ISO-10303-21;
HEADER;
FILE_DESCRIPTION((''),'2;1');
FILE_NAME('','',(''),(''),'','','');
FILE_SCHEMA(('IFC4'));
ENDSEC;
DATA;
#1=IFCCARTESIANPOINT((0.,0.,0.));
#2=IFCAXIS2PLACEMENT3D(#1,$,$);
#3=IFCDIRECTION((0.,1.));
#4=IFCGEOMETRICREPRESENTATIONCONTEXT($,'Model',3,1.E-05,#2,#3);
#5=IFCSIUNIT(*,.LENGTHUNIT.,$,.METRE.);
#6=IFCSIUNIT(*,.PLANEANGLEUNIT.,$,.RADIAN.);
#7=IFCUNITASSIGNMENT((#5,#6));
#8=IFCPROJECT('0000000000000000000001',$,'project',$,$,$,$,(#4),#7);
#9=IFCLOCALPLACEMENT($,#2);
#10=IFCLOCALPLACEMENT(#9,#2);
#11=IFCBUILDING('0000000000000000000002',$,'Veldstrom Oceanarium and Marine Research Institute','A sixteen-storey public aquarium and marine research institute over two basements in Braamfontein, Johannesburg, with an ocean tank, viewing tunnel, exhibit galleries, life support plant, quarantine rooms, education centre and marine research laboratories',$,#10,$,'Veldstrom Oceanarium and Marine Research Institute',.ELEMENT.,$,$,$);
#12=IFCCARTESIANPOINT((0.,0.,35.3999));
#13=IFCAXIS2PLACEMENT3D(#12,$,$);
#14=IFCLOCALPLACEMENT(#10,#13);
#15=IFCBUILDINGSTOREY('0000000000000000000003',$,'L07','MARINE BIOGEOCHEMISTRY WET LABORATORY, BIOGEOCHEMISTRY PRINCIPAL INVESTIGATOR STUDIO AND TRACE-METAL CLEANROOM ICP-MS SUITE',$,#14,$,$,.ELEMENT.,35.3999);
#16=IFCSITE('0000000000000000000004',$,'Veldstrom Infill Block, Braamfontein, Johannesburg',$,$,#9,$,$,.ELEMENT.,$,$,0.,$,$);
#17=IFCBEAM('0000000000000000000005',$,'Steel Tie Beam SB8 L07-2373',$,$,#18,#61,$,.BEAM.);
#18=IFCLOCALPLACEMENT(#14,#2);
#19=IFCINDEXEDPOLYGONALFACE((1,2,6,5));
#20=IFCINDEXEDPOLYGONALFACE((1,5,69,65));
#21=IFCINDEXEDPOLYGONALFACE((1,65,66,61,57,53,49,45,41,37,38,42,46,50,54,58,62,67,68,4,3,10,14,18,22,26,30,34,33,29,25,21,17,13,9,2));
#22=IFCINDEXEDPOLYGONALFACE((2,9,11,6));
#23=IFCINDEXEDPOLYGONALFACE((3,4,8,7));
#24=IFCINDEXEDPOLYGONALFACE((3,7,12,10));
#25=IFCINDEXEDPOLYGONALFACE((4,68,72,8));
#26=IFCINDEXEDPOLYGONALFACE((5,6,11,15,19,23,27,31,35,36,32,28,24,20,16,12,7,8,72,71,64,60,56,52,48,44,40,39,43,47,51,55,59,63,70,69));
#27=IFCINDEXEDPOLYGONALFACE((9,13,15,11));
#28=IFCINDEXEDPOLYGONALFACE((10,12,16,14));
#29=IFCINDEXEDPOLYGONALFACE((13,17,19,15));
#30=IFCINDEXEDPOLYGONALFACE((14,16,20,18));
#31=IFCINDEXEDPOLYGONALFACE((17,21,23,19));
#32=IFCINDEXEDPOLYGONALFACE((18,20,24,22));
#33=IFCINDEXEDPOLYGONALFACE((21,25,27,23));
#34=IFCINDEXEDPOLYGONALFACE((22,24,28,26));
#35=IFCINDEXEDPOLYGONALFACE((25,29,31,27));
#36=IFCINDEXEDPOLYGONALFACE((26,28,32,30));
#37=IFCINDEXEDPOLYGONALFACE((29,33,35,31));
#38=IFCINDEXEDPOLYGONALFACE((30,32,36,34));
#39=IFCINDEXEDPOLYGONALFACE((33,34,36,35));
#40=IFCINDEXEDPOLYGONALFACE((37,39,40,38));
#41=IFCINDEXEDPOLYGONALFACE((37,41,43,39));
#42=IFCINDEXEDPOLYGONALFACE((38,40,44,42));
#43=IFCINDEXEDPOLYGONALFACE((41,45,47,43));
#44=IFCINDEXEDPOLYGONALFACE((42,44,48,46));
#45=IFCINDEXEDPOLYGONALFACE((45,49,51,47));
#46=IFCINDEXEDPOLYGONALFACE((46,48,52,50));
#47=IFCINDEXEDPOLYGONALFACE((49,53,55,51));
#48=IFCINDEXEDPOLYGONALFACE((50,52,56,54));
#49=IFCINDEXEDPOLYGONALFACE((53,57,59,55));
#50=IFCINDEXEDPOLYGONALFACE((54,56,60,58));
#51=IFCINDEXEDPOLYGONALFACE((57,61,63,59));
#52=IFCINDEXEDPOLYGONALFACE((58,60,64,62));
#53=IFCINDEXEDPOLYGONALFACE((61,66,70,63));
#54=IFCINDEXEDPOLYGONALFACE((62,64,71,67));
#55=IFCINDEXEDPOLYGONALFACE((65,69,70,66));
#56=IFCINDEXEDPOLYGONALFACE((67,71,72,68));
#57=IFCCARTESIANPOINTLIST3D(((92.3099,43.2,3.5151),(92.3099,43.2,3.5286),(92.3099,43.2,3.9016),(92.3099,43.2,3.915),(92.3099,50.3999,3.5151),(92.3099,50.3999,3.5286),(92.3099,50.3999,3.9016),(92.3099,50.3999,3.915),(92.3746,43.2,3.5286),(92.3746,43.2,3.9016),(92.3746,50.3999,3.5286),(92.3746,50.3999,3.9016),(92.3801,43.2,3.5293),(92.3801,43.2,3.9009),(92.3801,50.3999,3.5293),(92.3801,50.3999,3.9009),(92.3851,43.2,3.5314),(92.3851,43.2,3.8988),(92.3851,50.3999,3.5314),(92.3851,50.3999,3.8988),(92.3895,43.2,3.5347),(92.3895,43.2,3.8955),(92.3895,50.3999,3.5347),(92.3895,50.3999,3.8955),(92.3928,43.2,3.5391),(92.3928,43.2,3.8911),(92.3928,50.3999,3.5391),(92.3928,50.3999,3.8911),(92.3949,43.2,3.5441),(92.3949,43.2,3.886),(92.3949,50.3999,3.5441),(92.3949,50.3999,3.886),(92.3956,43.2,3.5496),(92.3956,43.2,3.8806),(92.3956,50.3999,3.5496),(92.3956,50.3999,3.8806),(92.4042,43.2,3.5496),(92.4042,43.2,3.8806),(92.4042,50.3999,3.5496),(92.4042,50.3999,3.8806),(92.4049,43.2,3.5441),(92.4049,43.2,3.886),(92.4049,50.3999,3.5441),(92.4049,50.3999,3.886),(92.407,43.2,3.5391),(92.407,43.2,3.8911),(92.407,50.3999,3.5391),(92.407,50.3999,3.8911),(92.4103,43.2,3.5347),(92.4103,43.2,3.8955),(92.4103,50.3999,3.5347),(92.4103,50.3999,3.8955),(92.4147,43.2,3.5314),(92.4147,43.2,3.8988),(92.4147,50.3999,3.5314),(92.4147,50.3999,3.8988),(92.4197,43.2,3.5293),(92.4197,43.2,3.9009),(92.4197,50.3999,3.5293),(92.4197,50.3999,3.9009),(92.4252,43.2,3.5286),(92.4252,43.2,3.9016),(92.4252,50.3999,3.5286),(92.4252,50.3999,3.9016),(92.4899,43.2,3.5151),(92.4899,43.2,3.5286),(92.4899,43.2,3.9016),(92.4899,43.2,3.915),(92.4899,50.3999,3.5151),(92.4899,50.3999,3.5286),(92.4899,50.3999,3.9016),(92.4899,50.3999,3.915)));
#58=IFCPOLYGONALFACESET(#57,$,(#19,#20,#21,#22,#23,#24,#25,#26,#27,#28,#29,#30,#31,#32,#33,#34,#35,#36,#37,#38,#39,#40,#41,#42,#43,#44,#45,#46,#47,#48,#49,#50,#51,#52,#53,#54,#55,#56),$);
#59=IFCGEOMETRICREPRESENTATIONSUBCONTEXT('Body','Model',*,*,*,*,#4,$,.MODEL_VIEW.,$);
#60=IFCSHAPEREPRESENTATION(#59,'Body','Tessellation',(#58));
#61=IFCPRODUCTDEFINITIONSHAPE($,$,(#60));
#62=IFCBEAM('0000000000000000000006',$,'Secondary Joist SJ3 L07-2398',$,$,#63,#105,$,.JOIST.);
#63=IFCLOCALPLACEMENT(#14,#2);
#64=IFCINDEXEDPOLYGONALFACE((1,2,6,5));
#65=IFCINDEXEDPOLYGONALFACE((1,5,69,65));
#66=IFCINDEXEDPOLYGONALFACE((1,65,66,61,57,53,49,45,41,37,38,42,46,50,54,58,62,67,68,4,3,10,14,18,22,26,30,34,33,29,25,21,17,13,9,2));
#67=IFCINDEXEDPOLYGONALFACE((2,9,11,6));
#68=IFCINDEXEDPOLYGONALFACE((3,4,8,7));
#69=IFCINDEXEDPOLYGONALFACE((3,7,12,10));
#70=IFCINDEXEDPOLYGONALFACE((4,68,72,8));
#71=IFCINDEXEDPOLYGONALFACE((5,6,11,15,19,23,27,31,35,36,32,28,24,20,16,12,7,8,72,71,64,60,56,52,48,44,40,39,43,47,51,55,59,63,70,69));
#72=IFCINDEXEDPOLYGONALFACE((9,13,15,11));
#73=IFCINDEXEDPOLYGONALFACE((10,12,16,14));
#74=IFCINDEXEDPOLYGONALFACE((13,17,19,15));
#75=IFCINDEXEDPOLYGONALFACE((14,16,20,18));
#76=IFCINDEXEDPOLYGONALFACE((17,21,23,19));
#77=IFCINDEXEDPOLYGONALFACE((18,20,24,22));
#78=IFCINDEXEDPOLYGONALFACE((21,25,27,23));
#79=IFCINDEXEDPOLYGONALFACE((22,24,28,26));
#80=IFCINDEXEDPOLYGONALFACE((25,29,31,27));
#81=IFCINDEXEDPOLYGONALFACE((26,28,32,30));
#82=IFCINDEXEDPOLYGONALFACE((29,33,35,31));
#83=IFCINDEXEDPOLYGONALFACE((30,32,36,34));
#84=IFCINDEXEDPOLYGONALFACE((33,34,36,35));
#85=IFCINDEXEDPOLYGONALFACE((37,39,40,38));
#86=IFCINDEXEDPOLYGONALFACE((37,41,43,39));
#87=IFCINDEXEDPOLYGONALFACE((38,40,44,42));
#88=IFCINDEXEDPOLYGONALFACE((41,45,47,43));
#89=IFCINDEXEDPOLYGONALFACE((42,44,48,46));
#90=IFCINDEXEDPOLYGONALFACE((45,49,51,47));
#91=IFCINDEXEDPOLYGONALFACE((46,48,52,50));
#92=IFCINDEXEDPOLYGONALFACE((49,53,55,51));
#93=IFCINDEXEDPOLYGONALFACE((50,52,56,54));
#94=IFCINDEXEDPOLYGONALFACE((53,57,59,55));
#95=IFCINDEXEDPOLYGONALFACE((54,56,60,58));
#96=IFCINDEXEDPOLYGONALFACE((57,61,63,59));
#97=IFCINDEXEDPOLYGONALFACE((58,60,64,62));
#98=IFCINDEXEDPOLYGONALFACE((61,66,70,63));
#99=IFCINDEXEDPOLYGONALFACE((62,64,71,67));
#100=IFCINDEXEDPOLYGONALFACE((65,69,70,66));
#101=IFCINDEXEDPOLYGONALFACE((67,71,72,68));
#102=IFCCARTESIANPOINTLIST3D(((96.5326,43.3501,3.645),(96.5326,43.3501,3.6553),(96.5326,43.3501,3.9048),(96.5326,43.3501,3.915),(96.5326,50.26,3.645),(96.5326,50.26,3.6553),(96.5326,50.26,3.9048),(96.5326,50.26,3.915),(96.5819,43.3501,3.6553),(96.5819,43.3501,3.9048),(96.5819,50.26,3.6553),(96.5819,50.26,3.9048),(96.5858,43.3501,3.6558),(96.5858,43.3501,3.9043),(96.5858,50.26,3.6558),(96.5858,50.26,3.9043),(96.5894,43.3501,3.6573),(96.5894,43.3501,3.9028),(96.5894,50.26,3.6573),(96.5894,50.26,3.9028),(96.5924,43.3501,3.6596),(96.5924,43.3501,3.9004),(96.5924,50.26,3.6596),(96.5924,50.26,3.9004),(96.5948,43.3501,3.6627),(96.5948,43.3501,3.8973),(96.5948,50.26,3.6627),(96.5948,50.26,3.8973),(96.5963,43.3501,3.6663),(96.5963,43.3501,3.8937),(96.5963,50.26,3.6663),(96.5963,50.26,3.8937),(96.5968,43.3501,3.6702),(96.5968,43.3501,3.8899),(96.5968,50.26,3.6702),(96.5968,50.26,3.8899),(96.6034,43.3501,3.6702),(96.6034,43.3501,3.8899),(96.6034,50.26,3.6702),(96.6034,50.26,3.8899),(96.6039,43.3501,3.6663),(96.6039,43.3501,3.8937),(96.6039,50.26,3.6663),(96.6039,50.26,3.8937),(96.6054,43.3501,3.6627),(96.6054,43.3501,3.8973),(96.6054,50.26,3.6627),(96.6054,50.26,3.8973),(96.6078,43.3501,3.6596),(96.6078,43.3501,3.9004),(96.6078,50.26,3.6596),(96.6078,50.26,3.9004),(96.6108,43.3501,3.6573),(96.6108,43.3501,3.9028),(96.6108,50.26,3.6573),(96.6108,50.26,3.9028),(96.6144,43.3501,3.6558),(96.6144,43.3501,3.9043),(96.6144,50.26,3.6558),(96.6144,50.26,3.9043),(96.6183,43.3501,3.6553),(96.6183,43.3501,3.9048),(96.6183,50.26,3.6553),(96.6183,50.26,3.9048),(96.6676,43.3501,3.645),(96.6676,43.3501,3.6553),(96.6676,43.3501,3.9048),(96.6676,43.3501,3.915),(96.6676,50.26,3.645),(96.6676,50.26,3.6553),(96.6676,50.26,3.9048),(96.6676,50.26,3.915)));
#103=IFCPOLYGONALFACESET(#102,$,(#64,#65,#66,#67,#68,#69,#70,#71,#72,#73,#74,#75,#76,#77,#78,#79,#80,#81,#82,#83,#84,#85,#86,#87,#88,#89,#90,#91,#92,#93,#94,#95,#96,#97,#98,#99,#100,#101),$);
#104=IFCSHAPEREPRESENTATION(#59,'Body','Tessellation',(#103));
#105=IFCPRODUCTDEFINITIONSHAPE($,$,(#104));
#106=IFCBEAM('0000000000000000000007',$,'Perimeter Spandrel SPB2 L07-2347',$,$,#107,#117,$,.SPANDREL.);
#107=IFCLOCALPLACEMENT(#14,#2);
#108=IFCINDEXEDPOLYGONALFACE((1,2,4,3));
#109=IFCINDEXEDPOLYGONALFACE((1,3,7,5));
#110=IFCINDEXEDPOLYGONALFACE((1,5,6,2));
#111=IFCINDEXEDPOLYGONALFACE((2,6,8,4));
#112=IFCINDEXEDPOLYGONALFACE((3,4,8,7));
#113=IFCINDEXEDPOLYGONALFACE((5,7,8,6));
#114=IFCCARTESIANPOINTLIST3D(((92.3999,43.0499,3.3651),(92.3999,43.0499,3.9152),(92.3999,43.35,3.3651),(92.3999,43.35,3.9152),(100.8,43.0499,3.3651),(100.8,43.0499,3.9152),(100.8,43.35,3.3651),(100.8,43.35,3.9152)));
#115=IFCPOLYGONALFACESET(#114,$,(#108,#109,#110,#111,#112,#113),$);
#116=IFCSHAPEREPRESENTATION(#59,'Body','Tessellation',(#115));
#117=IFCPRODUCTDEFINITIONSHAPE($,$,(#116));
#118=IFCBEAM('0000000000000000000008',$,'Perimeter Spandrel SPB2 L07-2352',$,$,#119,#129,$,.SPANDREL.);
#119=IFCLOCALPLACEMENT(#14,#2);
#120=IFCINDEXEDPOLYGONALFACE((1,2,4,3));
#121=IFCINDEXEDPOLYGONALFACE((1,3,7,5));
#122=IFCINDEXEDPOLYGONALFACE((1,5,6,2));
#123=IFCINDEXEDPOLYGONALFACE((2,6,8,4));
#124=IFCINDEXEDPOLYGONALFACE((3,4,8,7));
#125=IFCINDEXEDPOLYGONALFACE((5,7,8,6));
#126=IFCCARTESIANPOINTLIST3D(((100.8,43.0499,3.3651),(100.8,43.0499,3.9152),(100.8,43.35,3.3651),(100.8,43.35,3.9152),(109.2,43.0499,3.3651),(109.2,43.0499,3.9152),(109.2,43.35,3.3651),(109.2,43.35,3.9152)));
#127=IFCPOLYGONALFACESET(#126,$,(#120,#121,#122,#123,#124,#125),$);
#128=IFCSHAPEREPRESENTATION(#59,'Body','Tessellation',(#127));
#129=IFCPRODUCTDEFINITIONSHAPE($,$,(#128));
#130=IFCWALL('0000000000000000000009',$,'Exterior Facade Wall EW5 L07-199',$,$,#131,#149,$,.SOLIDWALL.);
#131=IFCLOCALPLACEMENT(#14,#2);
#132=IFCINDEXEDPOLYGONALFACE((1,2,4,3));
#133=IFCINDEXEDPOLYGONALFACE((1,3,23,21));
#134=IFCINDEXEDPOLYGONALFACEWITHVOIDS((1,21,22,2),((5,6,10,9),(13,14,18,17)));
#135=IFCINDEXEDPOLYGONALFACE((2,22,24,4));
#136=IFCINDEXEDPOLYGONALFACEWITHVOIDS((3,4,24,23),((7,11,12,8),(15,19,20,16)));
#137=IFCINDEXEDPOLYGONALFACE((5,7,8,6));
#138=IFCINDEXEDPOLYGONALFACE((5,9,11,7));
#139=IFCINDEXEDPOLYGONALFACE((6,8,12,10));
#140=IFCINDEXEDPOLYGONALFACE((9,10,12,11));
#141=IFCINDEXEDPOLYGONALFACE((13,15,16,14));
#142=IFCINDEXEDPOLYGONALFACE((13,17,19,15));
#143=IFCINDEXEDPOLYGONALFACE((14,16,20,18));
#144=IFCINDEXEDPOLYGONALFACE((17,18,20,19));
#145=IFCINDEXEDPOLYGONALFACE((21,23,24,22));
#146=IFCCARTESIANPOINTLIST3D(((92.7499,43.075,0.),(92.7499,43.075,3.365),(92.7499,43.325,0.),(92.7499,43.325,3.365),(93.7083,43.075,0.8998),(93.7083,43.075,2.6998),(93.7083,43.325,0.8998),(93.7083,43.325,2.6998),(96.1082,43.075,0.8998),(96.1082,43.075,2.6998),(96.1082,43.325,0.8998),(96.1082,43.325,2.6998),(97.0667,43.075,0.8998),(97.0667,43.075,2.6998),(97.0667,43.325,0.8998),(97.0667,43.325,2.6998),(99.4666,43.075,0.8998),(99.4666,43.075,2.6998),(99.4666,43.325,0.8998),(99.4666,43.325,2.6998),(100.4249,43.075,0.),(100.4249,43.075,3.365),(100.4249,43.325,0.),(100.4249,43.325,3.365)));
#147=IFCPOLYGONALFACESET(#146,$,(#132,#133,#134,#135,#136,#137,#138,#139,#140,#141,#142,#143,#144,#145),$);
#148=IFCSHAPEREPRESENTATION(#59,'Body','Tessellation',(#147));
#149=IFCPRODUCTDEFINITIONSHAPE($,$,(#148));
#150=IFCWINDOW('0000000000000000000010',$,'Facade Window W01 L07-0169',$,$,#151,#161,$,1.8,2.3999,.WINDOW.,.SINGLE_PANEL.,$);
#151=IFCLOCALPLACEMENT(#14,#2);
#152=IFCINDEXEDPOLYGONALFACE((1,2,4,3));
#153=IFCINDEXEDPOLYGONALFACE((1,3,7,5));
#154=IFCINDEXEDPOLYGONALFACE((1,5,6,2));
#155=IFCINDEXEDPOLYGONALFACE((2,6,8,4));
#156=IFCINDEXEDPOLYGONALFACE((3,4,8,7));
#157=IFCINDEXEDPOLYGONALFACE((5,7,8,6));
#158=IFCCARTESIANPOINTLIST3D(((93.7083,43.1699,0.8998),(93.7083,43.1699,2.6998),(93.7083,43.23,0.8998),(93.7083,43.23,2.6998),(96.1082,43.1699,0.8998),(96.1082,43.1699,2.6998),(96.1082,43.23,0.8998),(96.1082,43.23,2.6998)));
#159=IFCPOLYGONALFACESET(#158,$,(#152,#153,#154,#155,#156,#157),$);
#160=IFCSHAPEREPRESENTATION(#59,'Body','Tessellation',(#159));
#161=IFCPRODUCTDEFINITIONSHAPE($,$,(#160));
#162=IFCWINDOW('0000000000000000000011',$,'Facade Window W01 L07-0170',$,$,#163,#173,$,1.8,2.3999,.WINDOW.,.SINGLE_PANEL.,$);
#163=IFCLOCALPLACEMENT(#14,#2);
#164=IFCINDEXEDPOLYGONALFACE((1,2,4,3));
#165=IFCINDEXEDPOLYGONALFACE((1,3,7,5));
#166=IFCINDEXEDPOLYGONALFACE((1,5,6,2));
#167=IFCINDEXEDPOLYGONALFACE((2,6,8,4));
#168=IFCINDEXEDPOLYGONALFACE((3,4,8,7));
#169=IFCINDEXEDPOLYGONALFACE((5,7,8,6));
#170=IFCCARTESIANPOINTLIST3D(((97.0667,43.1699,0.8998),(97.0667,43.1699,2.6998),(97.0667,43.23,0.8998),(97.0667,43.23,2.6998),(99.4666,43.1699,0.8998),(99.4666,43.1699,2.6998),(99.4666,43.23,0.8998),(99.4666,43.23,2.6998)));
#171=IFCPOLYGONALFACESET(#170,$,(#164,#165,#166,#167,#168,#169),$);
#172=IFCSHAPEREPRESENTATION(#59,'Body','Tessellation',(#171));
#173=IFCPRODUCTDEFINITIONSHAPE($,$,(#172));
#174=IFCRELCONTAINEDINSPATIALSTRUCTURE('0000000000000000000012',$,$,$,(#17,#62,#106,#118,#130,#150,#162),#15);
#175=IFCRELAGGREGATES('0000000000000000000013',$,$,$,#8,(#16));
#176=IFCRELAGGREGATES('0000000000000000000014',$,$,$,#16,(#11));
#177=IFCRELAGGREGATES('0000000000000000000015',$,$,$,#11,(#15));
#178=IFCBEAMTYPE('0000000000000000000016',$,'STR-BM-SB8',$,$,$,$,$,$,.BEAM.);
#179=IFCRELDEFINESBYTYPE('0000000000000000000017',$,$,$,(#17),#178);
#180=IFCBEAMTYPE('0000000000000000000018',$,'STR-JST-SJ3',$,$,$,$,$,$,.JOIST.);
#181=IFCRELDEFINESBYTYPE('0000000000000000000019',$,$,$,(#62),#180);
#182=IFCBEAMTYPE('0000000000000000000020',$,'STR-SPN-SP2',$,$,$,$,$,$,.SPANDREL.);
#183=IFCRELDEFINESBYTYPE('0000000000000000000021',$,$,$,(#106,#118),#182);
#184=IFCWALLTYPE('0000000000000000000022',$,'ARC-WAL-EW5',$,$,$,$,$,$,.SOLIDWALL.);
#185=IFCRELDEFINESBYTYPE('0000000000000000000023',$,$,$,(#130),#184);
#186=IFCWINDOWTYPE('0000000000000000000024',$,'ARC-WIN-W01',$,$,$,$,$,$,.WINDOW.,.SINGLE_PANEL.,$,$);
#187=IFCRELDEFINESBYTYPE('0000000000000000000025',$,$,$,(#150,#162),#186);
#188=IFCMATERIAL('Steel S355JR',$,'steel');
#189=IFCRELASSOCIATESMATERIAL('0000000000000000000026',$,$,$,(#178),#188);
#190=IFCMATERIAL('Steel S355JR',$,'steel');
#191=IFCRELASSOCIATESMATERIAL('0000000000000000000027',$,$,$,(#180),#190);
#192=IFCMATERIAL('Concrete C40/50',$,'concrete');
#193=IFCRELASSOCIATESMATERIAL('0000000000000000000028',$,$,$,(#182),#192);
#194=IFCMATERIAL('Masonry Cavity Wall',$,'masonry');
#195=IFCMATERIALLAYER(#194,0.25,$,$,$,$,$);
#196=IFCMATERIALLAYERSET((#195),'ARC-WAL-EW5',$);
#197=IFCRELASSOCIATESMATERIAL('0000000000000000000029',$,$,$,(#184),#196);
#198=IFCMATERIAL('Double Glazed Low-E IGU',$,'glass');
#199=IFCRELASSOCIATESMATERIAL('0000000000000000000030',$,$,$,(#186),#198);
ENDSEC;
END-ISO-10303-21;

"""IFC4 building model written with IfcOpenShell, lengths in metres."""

from ifc_helpers import new_model, si_unit, direction, frame, frame_2d, origin, origin_2d, place, context, subcontext, project, spatial, rectangle, i_section, extrude, material, layer, layer_set, material_profile, profile_set, type_object, element, fill, save


model = new_model("IFC4")

# Units and contexts
model_context = context("Model", 3, precision=1e-05, world=origin(), true_north=direction((0.0, 1.0)))
body_context = subcontext(model_context, "Body", "Model", "MODEL_VIEW")
ifc_project = project(units=[si_unit("LENGTHUNIT", "METRE"), si_unit("PLANEANGLEUNIT", "RADIAN")], contexts=[model_context])

# Site, building, storey
site_placement = place(None, origin())
site = spatial("IfcSite", under=ifc_project, at=site_placement, Name="Veldstrom Infill Block, Braamfontein, Johannesburg", CompositionType="ELEMENT", RefElevation=0.0)
building_placement = place(site_placement, origin())
building = spatial("IfcBuilding", under=site, at=building_placement, Name="Veldstrom Oceanarium and Marine Research Institute", Description="A sixteen-storey public aquarium and marine research institute over two basements in Braamfontein, Johannesburg, with an ocean tank, viewing tunnel, exhibit galleries, life support plant, quarantine rooms, education centre and marine research laboratories", LongName="Veldstrom Oceanarium and Marine Research Institute", CompositionType="ELEMENT")
storey_placement = place(building_placement, frame((0.0, 0.0, 35.3999)))
storey = spatial("IfcBuildingStorey", under=building, at=storey_placement, Name="L07", Description="MARINE BIOGEOCHEMISTRY WET LABORATORY, BIOGEOCHEMISTRY PRINCIPAL INVESTIGATOR STUDIO AND TRACE-METAL CLEANROOM ICP-MS SUITE", CompositionType="ELEMENT", Elevation=35.3999)

# Beams
ifc_material_1 = material(Name="Steel S355JR", Category="steel")
ifc_material_profile_1 = material_profile(ifc_material_1, i_section(OverallWidth=0.1799, OverallDepth=0.3999, WebThickness=0.0085, FlangeThickness=0.0134, FilletRadius=0.021, at=origin_2d()), Name="IPE 400")
ifc_profile_set_1 = profile_set([ifc_material_profile_1], Name="Steel S355JR")
beam_type_1 = type_object("IfcBeamType", Name="STR-BM-SB8", PredefinedType="BEAM", material=ifc_profile_set_1)
beam_1_placement = place(storey_placement, frame((92.3999, 43.2, 3.7151), z_axis=(0.0, 1.0, 0.0), x_axis=(-1.0, 0.0, 0.0)))
element("IfcBeam", 1, at=beam_1_placement, inside=storey, type_object=beam_type_1, Name="Steel Tie Beam SB8 L07-2373", PredefinedType="BEAM", context=body_context, shape_type="SweptSolid", body=[
    extrude(i_section(OverallWidth=0.1799, OverallDepth=0.3999, WebThickness=0.0085, FlangeThickness=0.0134, FilletRadius=0.021, at=origin_2d()), origin(), (0.0, 0.0, 1.0), 7.2),
])
ifc_material_2 = material(Name="Steel S355JR", Category="steel")
ifc_material_profile_2 = material_profile(ifc_material_2, i_section(OverallWidth=0.135, OverallDepth=0.27, WebThickness=0.0066, FlangeThickness=0.0103, FilletRadius=0.0149, at=origin_2d()), Name="IPE 270")
ifc_profile_set_2 = profile_set([ifc_material_profile_2], Name="Steel S355JR")
beam_type_2 = type_object("IfcBeamType", Name="STR-JST-SJ3", PredefinedType="JOIST", material=ifc_profile_set_2)
beam_2_placement = place(storey_placement, frame((96.6001, 43.3501, 3.78), z_axis=(0.0, 1.0, 0.0), x_axis=(-1.0, 0.0, 0.0)))
element("IfcBeam", 2, at=beam_2_placement, inside=storey, type_object=beam_type_2, Name="Secondary Joist SJ3 L07-2398", PredefinedType="JOIST", context=body_context, shape_type="SweptSolid", body=[
    extrude(i_section(OverallWidth=0.135, OverallDepth=0.27, WebThickness=0.0066, FlangeThickness=0.0103, FilletRadius=0.0149, at=origin_2d()), origin(), (0.0, 0.0, 1.0), 6.9099),
])
ifc_material_3 = material(Name="Concrete C40/50", Category="concrete")
ifc_material_profile_3 = material_profile(ifc_material_3, rectangle(XDim=0.3, YDim=0.55, at=origin_2d()), Name="RC-SPN-300x550")
ifc_profile_set_3 = profile_set([ifc_material_profile_3], Name="Concrete C40/50")
beam_type_3 = type_object("IfcBeamType", Name="STR-SPN-SP2", PredefinedType="SPANDREL", material=ifc_profile_set_3)
beam_3_placement = place(storey_placement, frame((92.3999, 43.2, 3.6401), z_axis=(1.0, 0.0, 0.0), x_axis=(0.0, 1.0, 0.0)))
element("IfcBeam", 3, at=beam_3_placement, inside=storey, type_object=beam_type_3, Name="Perimeter Spandrel SPB2 L07-2347", PredefinedType="SPANDREL", context=body_context, shape_type="SweptSolid", body=[
    extrude(rectangle(XDim=0.3, YDim=0.55, at=origin_2d()), origin(), (0.0, 0.0, 1.0), 8.4001),
])
beam_4_placement = place(storey_placement, frame((100.8, 43.2, 3.6401), z_axis=(1.0, 0.0, 0.0), x_axis=(0.0, 1.0, 0.0)))
element("IfcBeam", 4, at=beam_4_placement, inside=storey, type_object=beam_type_3, Name="Perimeter Spandrel SPB2 L07-2352", PredefinedType="SPANDREL", context=body_context, shape_type="SweptSolid", body=[
    extrude(rectangle(XDim=0.3, YDim=0.55, at=origin_2d()), origin(), (0.0, 0.0, 1.0), 8.3999),
])

# Wall, openings, windows
ifc_material_4 = material(Name="Masonry Cavity Wall", Category="masonry")
ifc_layer_1 = layer(ifc_material_4, 0.25)
ifc_layer_set_1 = layer_set([ifc_layer_1], Name="ARC-WAL-EW5")
wall_type_1 = type_object("IfcWallType", Name="ARC-WAL-EW5", PredefinedType="SOLIDWALL", material=ifc_layer_set_1)
wall_1_placement = place(storey_placement, frame((92.75, 43.2, 0.0), z_axis=(0.0, 0.0, 1.0), x_axis=(1.0, 0.0, 0.0)))
wall_1 = element("IfcWall", 5, at=wall_1_placement, inside=storey, type_object=wall_type_1, Name="Exterior Facade Wall EW5 L07-199", PredefinedType="SOLIDWALL", context=body_context, shape_type="SweptSolid", body=[
    extrude(rectangle(XDim=7.675, YDim=0.25, at=frame_2d((3.8374, 0.0))), origin(), (0.0, 0.0, 1.0), 3.365),
])
opening_1_placement = place(wall_1_placement, frame((0.9583, 0.0, 0.8999)))
opening_1 = element("IfcOpeningElement", 6, at=opening_1_placement, cuts=wall_1, PredefinedType="OPENING", context=body_context, shape_type="SweptSolid", body=[
    extrude(rectangle(XDim=2.3999, YDim=1.8, at=frame_2d((1.2, 0.8999))), frame((0.0, 0.135, 0.0), z_axis=(0.0, -1.0, 0.0), x_axis=(1.0, 0.0, 0.0)), (0.0, 0.0, 1.0), 0.27),
])
opening_2_placement = place(wall_1_placement, frame((4.3167, 0.0, 0.8999)))
opening_2 = element("IfcOpeningElement", 7, at=opening_2_placement, cuts=wall_1, PredefinedType="OPENING", context=body_context, shape_type="SweptSolid", body=[
    extrude(rectangle(XDim=2.3999, YDim=1.8, at=frame_2d((1.2, 0.8999))), frame((0.0, 0.135, 0.0), z_axis=(0.0, -1.0, 0.0), x_axis=(1.0, 0.0, 0.0)), (0.0, 0.0, 1.0), 0.27),
])
ifc_material_5 = material(Name="Double Glazed Low-E IGU", Category="glass")
window_type = type_object("IfcWindowType", Name="ARC-WIN-W01", PartitioningType="SINGLE_PANEL", PredefinedType="WINDOW", material=ifc_material_5)
window_1_placement = place(opening_1_placement, origin())
window_1 = element("IfcWindow", 8, at=window_1_placement, inside=storey, type_object=window_type, Name="Facade Window W01 L07-0169", OverallHeight=1.8, OverallWidth=2.3999, PartitioningType="SINGLE_PANEL", PredefinedType="WINDOW", context=body_context, shape_type="SweptSolid", body=[
    extrude(rectangle(XDim=2.3999, YDim=1.8, at=frame_2d((1.2, 0.8999))), frame((0.0, 0.03, 0.0), z_axis=(0.0, -1.0, 0.0), x_axis=(1.0, 0.0, 0.0)), (0.0, 0.0, 1.0), 0.0601),
])
fill(opening_1, window_1)
window_2_placement = place(opening_2_placement, origin())
window_2 = element("IfcWindow", 9, at=window_2_placement, inside=storey, type_object=window_type, Name="Facade Window W01 L07-0170", OverallHeight=1.8, OverallWidth=2.3999, PartitioningType="SINGLE_PANEL", PredefinedType="WINDOW", context=body_context, shape_type="SweptSolid", body=[
    extrude(rectangle(XDim=2.3999, YDim=1.8, at=frame_2d((1.2, 0.8999))), frame((0.0, 0.03, 0.0), z_axis=(0.0, -1.0, 0.0), x_axis=(1.0, 0.0, 0.0)), (0.0, 0.0, 1.0), 0.0601),
])
fill(opening_2, window_2)

save(model, "model.ifc")
